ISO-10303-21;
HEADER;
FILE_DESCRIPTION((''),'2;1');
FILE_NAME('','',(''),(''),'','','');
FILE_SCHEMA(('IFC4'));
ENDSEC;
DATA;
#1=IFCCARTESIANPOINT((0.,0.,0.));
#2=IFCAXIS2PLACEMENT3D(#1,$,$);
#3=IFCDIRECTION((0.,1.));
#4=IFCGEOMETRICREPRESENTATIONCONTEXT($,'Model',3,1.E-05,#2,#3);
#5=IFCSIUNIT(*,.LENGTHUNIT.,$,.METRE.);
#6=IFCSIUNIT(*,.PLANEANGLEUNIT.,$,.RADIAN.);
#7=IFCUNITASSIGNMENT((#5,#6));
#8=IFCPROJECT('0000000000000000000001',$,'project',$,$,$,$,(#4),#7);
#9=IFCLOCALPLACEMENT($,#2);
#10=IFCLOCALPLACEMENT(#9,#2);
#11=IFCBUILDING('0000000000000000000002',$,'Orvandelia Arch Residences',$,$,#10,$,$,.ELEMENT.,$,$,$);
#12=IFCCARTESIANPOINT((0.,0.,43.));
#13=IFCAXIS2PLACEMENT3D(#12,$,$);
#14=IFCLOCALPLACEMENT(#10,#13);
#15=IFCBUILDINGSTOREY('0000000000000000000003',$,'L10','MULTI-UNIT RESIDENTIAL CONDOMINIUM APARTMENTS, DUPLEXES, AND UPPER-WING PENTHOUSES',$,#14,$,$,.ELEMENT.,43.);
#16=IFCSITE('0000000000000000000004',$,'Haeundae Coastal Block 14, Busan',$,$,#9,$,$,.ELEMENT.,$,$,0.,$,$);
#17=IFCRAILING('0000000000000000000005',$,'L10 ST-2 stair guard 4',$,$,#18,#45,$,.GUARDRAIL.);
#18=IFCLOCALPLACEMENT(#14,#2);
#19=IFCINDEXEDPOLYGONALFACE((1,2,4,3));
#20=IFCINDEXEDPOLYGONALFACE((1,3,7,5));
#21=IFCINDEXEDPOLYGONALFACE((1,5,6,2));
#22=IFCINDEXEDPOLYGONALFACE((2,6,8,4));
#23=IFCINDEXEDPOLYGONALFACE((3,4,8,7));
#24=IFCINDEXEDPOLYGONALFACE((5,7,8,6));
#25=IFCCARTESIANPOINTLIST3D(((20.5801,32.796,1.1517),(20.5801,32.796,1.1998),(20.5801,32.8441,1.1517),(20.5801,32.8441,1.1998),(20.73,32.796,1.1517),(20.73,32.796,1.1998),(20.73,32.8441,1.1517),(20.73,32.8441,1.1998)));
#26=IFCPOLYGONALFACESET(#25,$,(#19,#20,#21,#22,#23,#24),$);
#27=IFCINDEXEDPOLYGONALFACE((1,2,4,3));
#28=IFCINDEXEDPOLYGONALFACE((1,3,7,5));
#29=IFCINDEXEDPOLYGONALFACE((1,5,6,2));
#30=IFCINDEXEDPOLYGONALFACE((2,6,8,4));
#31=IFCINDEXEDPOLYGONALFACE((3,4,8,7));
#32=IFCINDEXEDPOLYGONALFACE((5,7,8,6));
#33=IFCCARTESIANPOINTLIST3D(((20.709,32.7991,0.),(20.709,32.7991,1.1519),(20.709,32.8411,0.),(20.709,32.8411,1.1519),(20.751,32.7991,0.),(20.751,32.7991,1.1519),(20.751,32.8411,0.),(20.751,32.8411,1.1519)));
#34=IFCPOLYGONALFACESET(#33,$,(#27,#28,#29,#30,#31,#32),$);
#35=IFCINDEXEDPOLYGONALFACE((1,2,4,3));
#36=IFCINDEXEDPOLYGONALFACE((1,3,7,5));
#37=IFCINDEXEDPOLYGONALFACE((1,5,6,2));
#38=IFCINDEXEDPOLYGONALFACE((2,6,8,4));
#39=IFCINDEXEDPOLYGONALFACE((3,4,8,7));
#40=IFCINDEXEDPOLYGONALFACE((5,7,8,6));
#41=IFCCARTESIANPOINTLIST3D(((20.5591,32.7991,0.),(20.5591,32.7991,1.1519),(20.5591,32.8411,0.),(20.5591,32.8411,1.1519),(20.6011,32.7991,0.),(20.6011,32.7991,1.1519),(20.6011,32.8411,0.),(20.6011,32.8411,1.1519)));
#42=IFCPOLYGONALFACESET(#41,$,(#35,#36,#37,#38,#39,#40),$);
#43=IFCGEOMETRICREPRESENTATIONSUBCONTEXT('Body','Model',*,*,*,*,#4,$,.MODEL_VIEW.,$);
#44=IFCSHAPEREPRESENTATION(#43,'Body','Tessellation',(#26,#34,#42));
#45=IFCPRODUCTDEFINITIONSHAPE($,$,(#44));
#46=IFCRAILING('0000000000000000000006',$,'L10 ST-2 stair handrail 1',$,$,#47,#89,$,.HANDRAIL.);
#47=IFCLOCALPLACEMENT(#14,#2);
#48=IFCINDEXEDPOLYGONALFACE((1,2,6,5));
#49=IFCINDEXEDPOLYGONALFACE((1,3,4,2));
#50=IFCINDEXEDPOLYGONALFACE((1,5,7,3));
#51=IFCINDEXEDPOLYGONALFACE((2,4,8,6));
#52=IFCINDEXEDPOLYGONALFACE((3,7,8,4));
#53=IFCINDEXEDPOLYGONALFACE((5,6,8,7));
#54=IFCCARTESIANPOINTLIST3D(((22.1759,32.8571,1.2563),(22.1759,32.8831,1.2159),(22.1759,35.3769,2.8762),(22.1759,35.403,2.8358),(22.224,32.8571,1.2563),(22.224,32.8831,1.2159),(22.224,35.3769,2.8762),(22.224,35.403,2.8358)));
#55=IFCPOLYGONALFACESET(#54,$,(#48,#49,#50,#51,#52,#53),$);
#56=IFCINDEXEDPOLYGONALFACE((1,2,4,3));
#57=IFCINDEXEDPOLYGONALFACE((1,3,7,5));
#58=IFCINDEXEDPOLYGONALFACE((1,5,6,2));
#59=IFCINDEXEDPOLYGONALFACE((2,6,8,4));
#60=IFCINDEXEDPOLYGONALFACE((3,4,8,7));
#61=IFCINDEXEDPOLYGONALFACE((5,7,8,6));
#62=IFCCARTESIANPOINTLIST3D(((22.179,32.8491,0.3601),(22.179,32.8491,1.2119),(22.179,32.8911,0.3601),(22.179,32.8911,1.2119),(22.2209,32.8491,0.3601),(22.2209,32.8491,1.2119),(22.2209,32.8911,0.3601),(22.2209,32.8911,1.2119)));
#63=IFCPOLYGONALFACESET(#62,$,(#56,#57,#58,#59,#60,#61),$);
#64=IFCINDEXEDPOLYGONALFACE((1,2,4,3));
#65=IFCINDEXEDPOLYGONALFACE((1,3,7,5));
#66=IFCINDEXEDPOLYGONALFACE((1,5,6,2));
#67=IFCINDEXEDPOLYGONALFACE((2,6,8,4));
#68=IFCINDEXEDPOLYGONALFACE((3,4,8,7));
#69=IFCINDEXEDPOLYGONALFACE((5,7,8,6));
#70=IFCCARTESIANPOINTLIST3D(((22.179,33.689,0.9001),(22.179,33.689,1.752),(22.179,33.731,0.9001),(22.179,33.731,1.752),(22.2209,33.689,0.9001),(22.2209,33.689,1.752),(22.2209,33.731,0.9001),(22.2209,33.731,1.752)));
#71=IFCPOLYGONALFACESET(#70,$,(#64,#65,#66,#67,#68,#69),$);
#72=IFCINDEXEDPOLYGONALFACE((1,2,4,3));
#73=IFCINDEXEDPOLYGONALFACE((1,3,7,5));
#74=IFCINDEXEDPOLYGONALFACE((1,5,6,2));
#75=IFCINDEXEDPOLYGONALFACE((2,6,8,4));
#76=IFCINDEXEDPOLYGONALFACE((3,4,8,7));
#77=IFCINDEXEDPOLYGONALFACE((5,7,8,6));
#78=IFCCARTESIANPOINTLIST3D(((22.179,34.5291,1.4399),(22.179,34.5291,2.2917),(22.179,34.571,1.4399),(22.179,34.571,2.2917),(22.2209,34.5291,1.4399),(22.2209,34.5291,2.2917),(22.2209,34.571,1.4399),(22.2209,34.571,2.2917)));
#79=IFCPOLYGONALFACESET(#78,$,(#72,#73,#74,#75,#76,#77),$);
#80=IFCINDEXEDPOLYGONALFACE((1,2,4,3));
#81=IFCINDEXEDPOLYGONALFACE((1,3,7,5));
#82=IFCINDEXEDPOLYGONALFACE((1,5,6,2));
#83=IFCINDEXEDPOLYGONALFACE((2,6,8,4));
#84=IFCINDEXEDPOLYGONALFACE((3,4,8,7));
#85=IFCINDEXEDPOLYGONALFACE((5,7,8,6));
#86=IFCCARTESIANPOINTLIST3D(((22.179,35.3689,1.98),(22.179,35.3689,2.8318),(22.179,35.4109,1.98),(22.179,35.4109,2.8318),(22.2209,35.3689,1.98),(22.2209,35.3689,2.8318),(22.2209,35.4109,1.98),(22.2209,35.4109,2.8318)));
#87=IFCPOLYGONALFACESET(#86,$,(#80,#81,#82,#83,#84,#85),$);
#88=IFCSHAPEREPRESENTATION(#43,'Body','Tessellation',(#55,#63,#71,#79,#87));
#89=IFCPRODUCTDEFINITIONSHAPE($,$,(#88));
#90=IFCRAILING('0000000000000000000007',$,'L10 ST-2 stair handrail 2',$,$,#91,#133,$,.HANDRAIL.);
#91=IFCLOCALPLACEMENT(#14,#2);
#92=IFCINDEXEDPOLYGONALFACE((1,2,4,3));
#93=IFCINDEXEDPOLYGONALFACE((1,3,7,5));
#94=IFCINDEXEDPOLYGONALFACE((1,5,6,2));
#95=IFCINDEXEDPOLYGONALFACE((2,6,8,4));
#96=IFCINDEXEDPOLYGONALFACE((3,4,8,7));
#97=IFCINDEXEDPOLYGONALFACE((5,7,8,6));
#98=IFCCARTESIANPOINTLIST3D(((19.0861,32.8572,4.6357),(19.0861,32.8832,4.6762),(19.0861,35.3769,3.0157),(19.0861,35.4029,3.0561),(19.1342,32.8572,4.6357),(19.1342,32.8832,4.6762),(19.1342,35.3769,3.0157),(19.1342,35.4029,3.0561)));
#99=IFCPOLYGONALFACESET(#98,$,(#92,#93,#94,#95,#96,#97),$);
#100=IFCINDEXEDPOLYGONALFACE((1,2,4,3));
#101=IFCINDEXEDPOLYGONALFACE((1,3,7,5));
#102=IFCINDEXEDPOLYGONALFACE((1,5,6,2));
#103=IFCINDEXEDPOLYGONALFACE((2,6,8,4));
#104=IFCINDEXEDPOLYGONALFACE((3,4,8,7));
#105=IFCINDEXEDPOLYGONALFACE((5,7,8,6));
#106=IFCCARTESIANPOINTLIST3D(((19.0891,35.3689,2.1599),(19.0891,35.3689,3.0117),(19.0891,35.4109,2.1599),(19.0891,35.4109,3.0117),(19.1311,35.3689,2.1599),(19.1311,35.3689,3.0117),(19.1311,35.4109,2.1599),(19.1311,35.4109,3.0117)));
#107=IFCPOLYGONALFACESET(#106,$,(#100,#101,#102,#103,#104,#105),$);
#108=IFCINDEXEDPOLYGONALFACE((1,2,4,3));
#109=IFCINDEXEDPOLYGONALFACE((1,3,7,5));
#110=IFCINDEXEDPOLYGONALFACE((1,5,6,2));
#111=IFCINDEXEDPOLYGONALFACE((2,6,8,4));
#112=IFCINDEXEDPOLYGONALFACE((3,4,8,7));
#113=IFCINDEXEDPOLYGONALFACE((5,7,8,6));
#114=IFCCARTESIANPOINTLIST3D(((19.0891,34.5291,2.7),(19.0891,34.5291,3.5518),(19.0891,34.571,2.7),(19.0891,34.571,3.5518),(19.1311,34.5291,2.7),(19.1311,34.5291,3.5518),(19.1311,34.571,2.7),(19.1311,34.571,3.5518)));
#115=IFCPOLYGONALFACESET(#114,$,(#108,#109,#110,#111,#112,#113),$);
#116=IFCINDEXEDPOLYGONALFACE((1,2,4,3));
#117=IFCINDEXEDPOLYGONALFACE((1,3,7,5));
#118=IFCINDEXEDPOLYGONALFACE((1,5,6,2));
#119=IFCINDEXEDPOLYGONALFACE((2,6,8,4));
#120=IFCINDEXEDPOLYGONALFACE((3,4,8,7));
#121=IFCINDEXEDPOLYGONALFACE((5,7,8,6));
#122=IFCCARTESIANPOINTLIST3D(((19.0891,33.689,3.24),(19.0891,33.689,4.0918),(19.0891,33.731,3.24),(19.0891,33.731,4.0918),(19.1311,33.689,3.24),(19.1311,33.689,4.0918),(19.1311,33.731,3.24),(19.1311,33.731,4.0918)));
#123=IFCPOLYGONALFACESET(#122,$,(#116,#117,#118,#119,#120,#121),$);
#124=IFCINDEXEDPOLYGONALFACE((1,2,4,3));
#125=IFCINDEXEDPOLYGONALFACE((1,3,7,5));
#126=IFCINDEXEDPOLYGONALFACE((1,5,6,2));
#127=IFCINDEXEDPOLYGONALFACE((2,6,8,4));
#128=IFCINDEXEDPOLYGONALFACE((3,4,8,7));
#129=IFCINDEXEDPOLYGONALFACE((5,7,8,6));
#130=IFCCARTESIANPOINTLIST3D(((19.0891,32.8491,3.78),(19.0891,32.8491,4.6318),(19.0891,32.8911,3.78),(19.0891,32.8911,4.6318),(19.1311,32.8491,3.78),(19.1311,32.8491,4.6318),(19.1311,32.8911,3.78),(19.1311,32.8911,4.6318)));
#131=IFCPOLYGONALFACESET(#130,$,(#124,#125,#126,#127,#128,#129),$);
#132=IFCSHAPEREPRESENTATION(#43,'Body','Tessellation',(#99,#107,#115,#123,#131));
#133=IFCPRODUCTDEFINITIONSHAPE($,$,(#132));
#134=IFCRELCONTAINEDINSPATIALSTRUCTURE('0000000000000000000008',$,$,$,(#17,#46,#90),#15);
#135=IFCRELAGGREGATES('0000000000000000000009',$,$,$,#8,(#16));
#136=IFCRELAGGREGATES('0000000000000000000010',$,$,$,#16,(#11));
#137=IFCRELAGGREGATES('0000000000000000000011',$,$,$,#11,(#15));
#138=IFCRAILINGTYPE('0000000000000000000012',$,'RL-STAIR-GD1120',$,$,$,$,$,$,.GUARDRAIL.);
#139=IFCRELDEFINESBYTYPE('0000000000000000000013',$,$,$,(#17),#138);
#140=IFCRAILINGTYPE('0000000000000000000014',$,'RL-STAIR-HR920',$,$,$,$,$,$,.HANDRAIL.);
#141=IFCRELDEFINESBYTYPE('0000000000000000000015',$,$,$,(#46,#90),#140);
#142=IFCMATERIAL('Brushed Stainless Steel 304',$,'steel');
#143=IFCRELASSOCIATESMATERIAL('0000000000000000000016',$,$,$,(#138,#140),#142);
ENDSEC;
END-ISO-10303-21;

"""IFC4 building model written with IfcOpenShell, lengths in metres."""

from ifc_helpers import new_model, si_unit, direction, frame, origin, origin_2d, place, context, subcontext, project, spatial, rectangle, extrude, material, type_object, element, save


model = new_model("IFC4")

# Units and contexts
model_context = context("Model", 3, precision=1e-05, world=origin(), true_north=direction((0.0, 1.0)))
body_context = subcontext(model_context, "Body", "Model", "MODEL_VIEW")
ifc_project = project(units=[si_unit("LENGTHUNIT", "METRE"), si_unit("PLANEANGLEUNIT", "RADIAN")], contexts=[model_context])

# Site, building, storey
site_placement = place(None, origin())
site = spatial("IfcSite", under=ifc_project, at=site_placement, Name="Haeundae Coastal Block 14, Busan", CompositionType="ELEMENT", RefElevation=0.0)
building_placement = place(site_placement, origin())
building = spatial("IfcBuilding", under=site, at=building_placement, Name="Orvandelia Arch Residences", CompositionType="ELEMENT")
storey_placement = place(building_placement, frame((0.0, 0.0, 43.0)))
storey = spatial("IfcBuildingStorey", under=building, at=storey_placement, Name="L10", Description="MULTI-UNIT RESIDENTIAL CONDOMINIUM APARTMENTS, DUPLEXES, AND UPPER-WING PENTHOUSES", CompositionType="ELEMENT", Elevation=43.0)

# Railings
ifc_material_1 = material(Name="Brushed Stainless Steel 304", Category="steel")
railing_type_1 = type_object("IfcRailingType", Name="RL-STAIR-GD1120", PredefinedType="GUARDRAIL", material=ifc_material_1)
railing_1_placement = place(storey_placement, frame((20.73, 32.8201, 0.0)))
element("IfcRailing", 1, at=railing_1_placement, inside=storey, type_object=railing_type_1, Name="L10 ST-2 stair guard 4", PredefinedType="GUARDRAIL", context=body_context, shape_type="SweptSolid", body=[
    extrude(rectangle(XDim=0.0481, YDim=0.0481, at=origin_2d()), frame((0.0, 0.0, 1.1758), z_axis=(-1.0, 0.0, 0.0), x_axis=(0.0, -1.0, 0.0)), (0.0, 0.0, 1.0), 0.1499),
    extrude(rectangle(XDim=0.042, YDim=0.042, at=origin_2d()), origin(), (0.0, 0.0, 1.0), 1.1519),
    extrude(rectangle(XDim=0.042, YDim=0.042, at=origin_2d()), frame((-0.1499, 0.0, 0.0)), (0.0, 0.0, 1.0), 1.1519),
])
railing_type_2 = type_object("IfcRailingType", Name="RL-STAIR-HR920", PredefinedType="HANDRAIL", material=ifc_material_1)
railing_2_placement = place(storey_placement, frame((22.2, 32.8701, 0.3601)))
element("IfcRailing", 2, at=railing_2_placement, inside=storey, type_object=railing_type_2, Name="L10 ST-2 stair handrail 1", PredefinedType="HANDRAIL", context=body_context, shape_type="SweptSolid", body=[
    extrude(rectangle(XDim=0.0481, YDim=0.0481, at=origin_2d()), frame((0.0, 0.0, 0.876), z_axis=(0.0, 0.841176, 0.540762), x_axis=(-1.0, 0.0, 0.0)), (0.0, 0.0, 1.0), 2.9956),
    extrude(rectangle(XDim=0.042, YDim=0.042, at=origin_2d()), origin(), (0.0, 0.0, 1.0), 0.8518),
    extrude(rectangle(XDim=0.042, YDim=0.042, at=origin_2d()), frame((0.0, 0.8398, 0.54)), (0.0, 0.0, 1.0), 0.8518),
    extrude(rectangle(XDim=0.042, YDim=0.042, at=origin_2d()), frame((0.0, 1.6799, 1.0798)), (0.0, 0.0, 1.0), 0.8518),
    extrude(rectangle(XDim=0.042, YDim=0.042, at=origin_2d()), frame((0.0, 2.5198, 1.6199)), (0.0, 0.0, 1.0), 0.8518),
])
railing_3_placement = place(storey_placement, frame((19.1101, 35.3899, 2.1599)))
element("IfcRailing", 3, at=railing_3_placement, inside=storey, type_object=railing_type_2, Name="L10 ST-2 stair handrail 2", PredefinedType="HANDRAIL", context=body_context, shape_type="SweptSolid", body=[
    extrude(rectangle(XDim=0.0481, YDim=0.0481, at=origin_2d()), frame((0.0, 0.0, 0.876), z_axis=(0.0, -0.841139, 0.540819), x_axis=(1.0, 0.0, 0.0)), (0.0, 0.0, 1.0), 2.9956),
    extrude(rectangle(XDim=0.042, YDim=0.042, at=origin_2d()), origin(), (0.0, 0.0, 1.0), 0.8518),
    extrude(rectangle(XDim=0.042, YDim=0.042, at=origin_2d()), frame((0.0, -0.8398, 0.54)), (0.0, 0.0, 1.0), 0.8518),
    extrude(rectangle(XDim=0.042, YDim=0.042, at=origin_2d()), frame((0.0, -1.6799, 1.0801)), (0.0, 0.0, 1.0), 0.8518),
    extrude(rectangle(XDim=0.042, YDim=0.042, at=origin_2d()), frame((0.0, -2.5198, 1.6201)), (0.0, 0.0, 1.0), 0.8518),
])

save(model, "model.ifc")
